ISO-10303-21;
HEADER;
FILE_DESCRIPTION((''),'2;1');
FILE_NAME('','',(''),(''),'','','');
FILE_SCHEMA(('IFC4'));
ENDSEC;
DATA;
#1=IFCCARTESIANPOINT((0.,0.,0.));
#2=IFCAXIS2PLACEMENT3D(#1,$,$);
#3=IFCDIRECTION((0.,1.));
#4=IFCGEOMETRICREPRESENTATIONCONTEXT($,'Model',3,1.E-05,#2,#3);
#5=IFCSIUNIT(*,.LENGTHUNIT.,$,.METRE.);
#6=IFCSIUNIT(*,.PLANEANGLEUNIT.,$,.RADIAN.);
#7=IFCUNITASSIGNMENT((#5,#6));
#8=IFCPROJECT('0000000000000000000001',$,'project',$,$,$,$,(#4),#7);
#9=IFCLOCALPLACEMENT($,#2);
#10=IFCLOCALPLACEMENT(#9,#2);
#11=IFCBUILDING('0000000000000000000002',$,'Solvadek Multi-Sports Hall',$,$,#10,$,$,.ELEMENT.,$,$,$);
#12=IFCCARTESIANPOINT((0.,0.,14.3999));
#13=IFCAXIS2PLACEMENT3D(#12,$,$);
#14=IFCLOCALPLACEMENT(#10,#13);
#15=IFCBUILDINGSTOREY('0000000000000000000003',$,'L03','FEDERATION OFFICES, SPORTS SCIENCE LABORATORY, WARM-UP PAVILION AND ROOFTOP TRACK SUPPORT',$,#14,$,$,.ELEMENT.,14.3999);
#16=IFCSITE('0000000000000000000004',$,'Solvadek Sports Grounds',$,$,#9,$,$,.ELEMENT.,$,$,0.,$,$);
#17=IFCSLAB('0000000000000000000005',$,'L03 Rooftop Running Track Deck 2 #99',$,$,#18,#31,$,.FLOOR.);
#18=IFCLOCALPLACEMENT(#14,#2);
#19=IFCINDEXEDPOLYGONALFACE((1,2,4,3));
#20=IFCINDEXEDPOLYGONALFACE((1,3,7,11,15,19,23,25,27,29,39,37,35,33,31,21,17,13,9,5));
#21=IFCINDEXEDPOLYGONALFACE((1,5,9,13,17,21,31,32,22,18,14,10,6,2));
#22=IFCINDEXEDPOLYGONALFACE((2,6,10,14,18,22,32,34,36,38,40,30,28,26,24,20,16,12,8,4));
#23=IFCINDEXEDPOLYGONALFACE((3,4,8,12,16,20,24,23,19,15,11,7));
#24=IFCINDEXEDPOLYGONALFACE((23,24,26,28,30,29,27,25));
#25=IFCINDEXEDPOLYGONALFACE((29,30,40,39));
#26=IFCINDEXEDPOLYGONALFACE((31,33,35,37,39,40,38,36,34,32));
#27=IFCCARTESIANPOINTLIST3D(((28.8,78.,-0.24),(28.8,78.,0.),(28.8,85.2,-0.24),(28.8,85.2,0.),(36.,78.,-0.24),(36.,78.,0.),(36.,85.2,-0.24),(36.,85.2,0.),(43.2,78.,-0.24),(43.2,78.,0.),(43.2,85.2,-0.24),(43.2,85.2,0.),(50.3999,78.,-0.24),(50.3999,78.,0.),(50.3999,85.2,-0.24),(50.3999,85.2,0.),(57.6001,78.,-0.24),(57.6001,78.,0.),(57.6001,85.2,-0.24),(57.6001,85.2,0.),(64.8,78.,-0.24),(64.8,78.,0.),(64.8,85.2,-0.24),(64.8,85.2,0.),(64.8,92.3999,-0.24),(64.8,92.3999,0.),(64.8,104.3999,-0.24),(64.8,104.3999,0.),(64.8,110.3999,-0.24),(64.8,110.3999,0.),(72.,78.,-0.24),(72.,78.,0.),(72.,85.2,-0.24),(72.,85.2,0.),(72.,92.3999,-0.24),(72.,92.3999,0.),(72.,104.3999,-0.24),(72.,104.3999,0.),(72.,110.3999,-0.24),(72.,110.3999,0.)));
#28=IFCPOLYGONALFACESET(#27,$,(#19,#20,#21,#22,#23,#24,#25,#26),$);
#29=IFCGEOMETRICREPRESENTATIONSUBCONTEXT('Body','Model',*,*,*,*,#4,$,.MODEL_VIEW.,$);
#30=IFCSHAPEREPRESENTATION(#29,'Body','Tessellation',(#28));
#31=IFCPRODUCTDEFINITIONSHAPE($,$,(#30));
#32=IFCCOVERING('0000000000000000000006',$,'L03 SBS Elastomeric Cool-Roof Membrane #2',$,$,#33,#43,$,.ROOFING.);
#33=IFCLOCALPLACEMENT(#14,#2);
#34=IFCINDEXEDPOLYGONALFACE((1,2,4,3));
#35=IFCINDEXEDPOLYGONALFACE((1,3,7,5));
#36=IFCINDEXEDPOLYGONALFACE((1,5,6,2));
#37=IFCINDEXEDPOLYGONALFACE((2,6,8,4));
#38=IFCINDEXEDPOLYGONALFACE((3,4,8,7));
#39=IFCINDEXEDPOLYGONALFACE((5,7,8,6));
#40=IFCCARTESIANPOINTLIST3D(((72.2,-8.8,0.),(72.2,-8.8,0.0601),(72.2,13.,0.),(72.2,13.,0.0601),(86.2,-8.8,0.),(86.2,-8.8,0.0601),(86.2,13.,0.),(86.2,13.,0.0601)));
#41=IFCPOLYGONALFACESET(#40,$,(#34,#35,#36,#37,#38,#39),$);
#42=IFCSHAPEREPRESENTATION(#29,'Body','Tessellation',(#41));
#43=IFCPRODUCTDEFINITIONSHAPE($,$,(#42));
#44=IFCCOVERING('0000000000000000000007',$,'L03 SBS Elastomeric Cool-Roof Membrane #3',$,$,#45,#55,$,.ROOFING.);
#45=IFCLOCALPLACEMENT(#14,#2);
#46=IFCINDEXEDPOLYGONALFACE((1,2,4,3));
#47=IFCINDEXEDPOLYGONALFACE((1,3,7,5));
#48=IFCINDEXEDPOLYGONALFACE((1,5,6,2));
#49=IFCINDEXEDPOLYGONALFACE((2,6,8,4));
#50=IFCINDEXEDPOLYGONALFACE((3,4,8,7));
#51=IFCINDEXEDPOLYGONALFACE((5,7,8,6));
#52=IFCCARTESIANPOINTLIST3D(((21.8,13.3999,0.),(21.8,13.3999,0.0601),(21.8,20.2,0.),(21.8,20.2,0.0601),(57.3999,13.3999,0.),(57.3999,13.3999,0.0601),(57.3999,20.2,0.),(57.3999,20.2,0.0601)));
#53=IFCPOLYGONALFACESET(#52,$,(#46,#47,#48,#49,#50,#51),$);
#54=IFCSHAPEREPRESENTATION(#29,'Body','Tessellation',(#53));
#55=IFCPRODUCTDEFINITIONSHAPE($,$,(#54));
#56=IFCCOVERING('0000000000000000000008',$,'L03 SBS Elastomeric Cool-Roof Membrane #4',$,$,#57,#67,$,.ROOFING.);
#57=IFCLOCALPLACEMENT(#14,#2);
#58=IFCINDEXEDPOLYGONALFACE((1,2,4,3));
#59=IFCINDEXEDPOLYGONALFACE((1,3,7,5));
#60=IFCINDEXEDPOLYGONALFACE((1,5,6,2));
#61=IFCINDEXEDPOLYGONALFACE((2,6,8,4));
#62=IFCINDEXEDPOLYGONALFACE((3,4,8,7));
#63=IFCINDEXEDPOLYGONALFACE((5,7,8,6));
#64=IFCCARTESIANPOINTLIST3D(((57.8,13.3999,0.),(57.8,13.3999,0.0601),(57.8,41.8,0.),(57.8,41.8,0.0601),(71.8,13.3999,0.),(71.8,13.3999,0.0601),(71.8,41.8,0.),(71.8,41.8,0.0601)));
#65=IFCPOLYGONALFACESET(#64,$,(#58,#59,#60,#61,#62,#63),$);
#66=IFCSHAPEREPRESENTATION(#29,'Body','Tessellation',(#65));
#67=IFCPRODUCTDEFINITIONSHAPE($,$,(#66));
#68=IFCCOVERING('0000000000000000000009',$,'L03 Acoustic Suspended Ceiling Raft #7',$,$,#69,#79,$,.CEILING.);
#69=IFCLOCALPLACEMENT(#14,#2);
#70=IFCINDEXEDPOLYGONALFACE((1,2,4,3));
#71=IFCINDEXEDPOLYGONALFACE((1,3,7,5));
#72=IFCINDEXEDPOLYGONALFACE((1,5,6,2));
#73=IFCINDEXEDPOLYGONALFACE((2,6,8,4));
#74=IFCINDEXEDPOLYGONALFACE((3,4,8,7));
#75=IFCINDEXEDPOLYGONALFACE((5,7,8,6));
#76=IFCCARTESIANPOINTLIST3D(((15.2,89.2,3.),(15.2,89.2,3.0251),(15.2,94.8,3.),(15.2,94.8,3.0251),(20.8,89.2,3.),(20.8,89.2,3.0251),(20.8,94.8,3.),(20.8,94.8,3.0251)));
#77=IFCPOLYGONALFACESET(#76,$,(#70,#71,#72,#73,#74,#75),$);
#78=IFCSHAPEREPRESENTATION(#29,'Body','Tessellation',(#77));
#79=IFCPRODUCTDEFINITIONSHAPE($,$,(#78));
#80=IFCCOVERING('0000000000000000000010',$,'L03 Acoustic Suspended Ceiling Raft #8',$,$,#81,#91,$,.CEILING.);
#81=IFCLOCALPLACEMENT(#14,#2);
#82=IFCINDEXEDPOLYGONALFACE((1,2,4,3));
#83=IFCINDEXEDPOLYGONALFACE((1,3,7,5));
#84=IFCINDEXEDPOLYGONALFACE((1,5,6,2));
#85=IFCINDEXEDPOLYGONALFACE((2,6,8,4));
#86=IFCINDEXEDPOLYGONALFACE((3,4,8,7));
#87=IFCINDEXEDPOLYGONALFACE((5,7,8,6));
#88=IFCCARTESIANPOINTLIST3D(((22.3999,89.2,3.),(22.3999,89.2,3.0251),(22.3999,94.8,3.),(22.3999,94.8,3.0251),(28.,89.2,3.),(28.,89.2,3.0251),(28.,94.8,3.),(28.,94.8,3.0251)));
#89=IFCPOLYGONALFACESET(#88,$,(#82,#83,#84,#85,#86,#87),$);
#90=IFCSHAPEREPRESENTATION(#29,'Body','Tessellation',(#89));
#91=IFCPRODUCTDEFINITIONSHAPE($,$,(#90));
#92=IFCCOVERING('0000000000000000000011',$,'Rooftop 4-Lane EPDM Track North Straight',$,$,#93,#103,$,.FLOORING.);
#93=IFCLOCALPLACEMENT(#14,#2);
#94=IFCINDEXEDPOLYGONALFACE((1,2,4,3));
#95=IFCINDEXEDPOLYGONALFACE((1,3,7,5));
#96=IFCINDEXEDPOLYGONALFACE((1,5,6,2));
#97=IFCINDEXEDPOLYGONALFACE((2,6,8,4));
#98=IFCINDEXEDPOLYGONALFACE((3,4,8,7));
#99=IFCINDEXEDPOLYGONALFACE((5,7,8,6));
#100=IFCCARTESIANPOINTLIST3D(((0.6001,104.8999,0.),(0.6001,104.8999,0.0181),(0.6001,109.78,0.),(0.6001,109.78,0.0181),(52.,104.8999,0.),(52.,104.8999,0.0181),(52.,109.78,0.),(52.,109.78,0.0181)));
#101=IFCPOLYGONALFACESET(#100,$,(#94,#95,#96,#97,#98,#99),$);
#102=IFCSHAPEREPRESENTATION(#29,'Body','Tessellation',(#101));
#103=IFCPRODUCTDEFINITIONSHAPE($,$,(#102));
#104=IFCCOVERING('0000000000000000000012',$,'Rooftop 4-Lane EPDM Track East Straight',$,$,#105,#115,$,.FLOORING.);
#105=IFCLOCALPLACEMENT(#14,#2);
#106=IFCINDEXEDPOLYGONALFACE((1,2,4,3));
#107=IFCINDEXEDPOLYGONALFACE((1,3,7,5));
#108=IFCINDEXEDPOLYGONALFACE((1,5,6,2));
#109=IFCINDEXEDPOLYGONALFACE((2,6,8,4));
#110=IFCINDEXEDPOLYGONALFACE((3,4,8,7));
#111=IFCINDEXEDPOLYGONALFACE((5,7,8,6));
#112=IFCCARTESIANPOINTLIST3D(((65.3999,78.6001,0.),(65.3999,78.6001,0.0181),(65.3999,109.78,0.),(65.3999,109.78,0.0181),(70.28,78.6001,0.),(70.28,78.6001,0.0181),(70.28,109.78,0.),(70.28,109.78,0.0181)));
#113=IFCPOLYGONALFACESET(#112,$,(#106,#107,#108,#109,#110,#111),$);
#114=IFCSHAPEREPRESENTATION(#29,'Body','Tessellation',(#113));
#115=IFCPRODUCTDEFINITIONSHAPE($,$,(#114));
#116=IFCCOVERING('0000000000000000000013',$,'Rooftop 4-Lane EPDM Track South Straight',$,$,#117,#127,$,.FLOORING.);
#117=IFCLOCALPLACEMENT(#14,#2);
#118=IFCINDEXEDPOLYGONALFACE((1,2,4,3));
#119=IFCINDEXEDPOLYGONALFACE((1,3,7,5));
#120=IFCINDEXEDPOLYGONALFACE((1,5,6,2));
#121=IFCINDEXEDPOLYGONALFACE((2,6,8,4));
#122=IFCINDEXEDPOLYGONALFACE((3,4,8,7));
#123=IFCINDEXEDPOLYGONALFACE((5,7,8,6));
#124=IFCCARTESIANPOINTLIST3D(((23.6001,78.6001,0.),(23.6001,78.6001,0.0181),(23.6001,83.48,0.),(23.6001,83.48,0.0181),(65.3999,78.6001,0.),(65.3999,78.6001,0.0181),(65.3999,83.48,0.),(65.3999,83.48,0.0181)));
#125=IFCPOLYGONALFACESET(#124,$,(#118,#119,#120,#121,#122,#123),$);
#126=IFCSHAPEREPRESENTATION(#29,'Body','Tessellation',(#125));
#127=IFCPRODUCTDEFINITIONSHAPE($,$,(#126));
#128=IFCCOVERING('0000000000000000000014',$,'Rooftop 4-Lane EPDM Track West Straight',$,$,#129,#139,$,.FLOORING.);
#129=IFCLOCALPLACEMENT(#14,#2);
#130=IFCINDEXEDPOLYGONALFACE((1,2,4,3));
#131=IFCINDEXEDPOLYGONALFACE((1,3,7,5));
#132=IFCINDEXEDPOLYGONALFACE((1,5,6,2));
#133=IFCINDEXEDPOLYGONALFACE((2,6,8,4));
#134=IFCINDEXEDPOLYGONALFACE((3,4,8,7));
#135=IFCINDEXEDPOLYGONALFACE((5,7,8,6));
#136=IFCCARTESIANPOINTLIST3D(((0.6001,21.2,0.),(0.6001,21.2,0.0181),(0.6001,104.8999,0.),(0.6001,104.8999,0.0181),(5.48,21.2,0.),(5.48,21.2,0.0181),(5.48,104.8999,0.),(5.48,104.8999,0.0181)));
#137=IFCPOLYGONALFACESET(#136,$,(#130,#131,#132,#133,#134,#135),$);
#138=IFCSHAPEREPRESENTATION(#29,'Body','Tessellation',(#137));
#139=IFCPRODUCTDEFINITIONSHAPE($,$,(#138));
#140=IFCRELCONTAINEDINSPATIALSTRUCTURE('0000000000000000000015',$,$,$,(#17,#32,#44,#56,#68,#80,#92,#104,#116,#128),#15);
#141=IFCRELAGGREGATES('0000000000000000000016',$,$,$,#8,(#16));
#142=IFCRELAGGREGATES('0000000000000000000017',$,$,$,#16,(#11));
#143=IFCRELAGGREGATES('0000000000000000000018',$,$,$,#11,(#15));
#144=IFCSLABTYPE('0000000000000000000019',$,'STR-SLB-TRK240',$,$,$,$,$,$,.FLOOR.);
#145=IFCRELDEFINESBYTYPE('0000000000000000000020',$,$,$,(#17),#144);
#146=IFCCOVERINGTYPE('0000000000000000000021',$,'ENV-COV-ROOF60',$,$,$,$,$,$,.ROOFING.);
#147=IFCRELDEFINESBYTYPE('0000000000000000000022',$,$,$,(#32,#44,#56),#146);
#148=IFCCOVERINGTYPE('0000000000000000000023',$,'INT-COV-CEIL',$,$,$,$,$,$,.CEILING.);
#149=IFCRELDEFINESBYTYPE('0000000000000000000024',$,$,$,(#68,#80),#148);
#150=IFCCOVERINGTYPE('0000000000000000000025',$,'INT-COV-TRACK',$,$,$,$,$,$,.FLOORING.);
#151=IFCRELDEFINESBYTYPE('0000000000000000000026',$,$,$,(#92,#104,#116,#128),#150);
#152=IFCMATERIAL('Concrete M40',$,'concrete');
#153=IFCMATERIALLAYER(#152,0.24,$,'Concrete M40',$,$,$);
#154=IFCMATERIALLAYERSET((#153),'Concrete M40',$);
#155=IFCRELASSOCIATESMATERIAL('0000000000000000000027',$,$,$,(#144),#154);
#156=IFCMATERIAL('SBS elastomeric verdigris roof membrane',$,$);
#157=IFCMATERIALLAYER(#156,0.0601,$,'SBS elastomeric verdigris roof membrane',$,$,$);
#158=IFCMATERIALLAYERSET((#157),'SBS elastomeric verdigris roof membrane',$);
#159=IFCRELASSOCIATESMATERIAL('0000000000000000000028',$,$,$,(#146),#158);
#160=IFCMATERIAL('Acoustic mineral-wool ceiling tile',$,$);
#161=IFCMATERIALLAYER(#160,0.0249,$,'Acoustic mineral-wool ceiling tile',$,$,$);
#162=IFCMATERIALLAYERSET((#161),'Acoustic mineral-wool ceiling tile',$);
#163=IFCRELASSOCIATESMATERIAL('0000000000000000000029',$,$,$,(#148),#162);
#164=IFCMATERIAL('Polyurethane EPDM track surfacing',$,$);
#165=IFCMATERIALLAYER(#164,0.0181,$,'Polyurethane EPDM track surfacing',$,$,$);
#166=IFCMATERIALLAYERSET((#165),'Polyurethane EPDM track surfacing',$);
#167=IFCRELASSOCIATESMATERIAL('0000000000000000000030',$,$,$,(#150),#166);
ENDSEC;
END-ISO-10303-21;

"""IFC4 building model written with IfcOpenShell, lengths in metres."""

from ifc_helpers import new_model, si_unit, direction, frame, origin, place, context, subcontext, project, spatial, polyline, outline, extrude, material, layer, layer_set, type_object, element, save


model = new_model("IFC4")

# Units and contexts
model_context = context("Model", 3, precision=1e-05, world=origin(), true_north=direction((0.0, 1.0)))
body_context = subcontext(model_context, "Body", "Model", "MODEL_VIEW")
ifc_project = project(units=[si_unit("LENGTHUNIT", "METRE"), si_unit("PLANEANGLEUNIT", "RADIAN")], contexts=[model_context])

# Site, building, storey
site_placement = place(None, origin())
site = spatial("IfcSite", under=ifc_project, at=site_placement, Name="Solvadek Sports Grounds", CompositionType="ELEMENT", RefElevation=0.0)
building_placement = place(site_placement, origin())
building = spatial("IfcBuilding", under=site, at=building_placement, Name="Solvadek Multi-Sports Hall", CompositionType="ELEMENT")
storey_placement = place(building_placement, frame((0.0, 0.0, 14.3999)))
storey = spatial("IfcBuildingStorey", under=building, at=storey_placement, Name="L03", Description="FEDERATION OFFICES, SPORTS SCIENCE LABORATORY, WARM-UP PAVILION AND ROOFTOP TRACK SUPPORT", CompositionType="ELEMENT", Elevation=14.3999)

# Slab
ifc_material_1 = material(Name="Concrete M40", Category="concrete")
ifc_layer_1 = layer(ifc_material_1, 0.24, Name="Concrete M40")
ifc_layer_set_1 = layer_set([ifc_layer_1], Name="Concrete M40")
slab_type_1 = type_object("IfcSlabType", Name="STR-SLB-TRK240", PredefinedType="FLOOR", material=ifc_layer_set_1)
slab_1_placement = place(storey_placement, frame((0.0, 0.0, -0.24)))
element("IfcSlab", 1, at=slab_1_placement, inside=storey, type_object=slab_type_1, Name="L03 Rooftop Running Track Deck 2 #99", PredefinedType="FLOOR", context=body_context, shape_type="SweptSolid", body=[
    extrude(outline(polyline([(72.0, 78.0), (64.8, 78.0), (57.6001, 78.0), (50.3999, 78.0), (43.2, 78.0), (36.0, 78.0), (28.8, 78.0), (28.8, 85.2), (36.0, 85.2), (43.2, 85.2), (50.3999, 85.2), (57.6001, 85.2), (64.8, 85.2), (64.8, 92.3999), (64.8, 104.3999), (64.8, 110.3999), (72.0, 110.3999), (72.0, 104.3999), (72.0, 92.3999), (72.0, 85.2), (72.0, 78.0)])), origin(), (0.0, 0.0, 1.0), 0.24),
])

# Coverings
ifc_material_2 = material(Name="SBS elastomeric verdigris roof membrane")
ifc_layer_2 = layer(ifc_material_2, 0.0601, Name="SBS elastomeric verdigris roof membrane")
ifc_layer_set_2 = layer_set([ifc_layer_2], Name="SBS elastomeric verdigris roof membrane")
covering_type_1 = type_object("IfcCoveringType", Name="ENV-COV-ROOF60", PredefinedType="ROOFING", material=ifc_layer_set_2)
covering_1_placement = place(storey_placement, origin())
element("IfcCovering", 2, at=covering_1_placement, inside=storey, type_object=covering_type_1, Name="L03 SBS Elastomeric Cool-Roof Membrane #2", PredefinedType="ROOFING", context=body_context, shape_type="SweptSolid", body=[
    extrude(outline(polyline([(72.2, -8.8), (86.2, -8.8), (86.2, 13.0), (72.2, 13.0), (72.2, -8.8)])), origin(), (0.0, 0.0, 1.0), 0.0601),
])
covering_2_placement = place(storey_placement, origin())
element("IfcCovering", 3, at=covering_2_placement, inside=storey, type_object=covering_type_1, Name="L03 SBS Elastomeric Cool-Roof Membrane #3", PredefinedType="ROOFING", context=body_context, shape_type="SweptSolid", body=[
    extrude(outline(polyline([(21.8, 13.3999), (57.3999, 13.3999), (57.3999, 20.2), (21.8, 20.2), (21.8, 13.3999)])), origin(), (0.0, 0.0, 1.0), 0.0601),
])
covering_3_placement = place(storey_placement, origin())
element("IfcCovering", 4, at=covering_3_placement, inside=storey, type_object=covering_type_1, Name="L03 SBS Elastomeric Cool-Roof Membrane #4", PredefinedType="ROOFING", context=body_context, shape_type="SweptSolid", body=[
    extrude(outline(polyline([(57.8, 13.3999), (71.8, 13.3999), (71.8, 41.8), (57.8, 41.8), (57.8, 13.3999)])), origin(), (0.0, 0.0, 1.0), 0.0601),
])
ifc_material_3 = material(Name="Acoustic mineral-wool ceiling tile")
ifc_layer_3 = layer(ifc_material_3, 0.0249, Name="Acoustic mineral-wool ceiling tile")
ifc_layer_set_3 = layer_set([ifc_layer_3], Name="Acoustic mineral-wool ceiling tile")
covering_type_2 = type_object("IfcCoveringType", Name="INT-COV-CEIL", PredefinedType="CEILING", material=ifc_layer_set_3)
covering_4_placement = place(storey_placement, frame((0.0, 0.0, 3.0)))
element("IfcCovering", 5, at=covering_4_placement, inside=storey, type_object=covering_type_2, Name="L03 Acoustic Suspended Ceiling Raft #7", PredefinedType="CEILING", context=body_context, shape_type="SweptSolid", body=[
    extrude(outline(polyline([(15.2, 89.2), (20.8, 89.2), (20.8, 94.8), (15.2, 94.8), (15.2, 89.2)])), origin(), (0.0, 0.0, 1.0), 0.0251),
])
covering_5_placement = place(storey_placement, frame((0.0, 0.0, 3.0)))
element("IfcCovering", 6, at=covering_5_placement, inside=storey, type_object=covering_type_2, Name="L03 Acoustic Suspended Ceiling Raft #8", PredefinedType="CEILING", context=body_context, shape_type="SweptSolid", body=[
    extrude(outline(polyline([(22.3999, 89.2), (28.0, 89.2), (28.0, 94.8), (22.3999, 94.8), (22.3999, 89.2)])), origin(), (0.0, 0.0, 1.0), 0.0251),
])
ifc_material_4 = material(Name="Polyurethane EPDM track surfacing")
ifc_layer_4 = layer(ifc_material_4, 0.0181, Name="Polyurethane EPDM track surfacing")
ifc_layer_set_4 = layer_set([ifc_layer_4], Name="Polyurethane EPDM track surfacing")
covering_type_3 = type_object("IfcCoveringType", Name="INT-COV-TRACK", PredefinedType="FLOORING", material=ifc_layer_set_4)
covering_6_placement = place(storey_placement, origin())
element("IfcCovering", 7, at=covering_6_placement, inside=storey, type_object=covering_type_3, Name="Rooftop 4-Lane EPDM Track North Straight", PredefinedType="FLOORING", context=body_context, shape_type="SweptSolid", body=[
    extrude(outline(polyline([(0.6001, 104.8999), (52.0, 104.8999), (52.0, 109.78), (0.6001, 109.78), (0.6001, 104.8999)])), origin(), (0.0, 0.0, 1.0), 0.0181),
])
covering_7_placement = place(storey_placement, origin())
element("IfcCovering", 8, at=covering_7_placement, inside=storey, type_object=covering_type_3, Name="Rooftop 4-Lane EPDM Track East Straight", PredefinedType="FLOORING", context=body_context, shape_type="SweptSolid", body=[
    extrude(outline(polyline([(65.3999, 78.6001), (70.28, 78.6001), (70.28, 109.78), (65.3999, 109.78), (65.3999, 78.6001)])), origin(), (0.0, 0.0, 1.0), 0.0181),
])
covering_8_placement = place(storey_placement, origin())
element("IfcCovering", 9, at=covering_8_placement, inside=storey, type_object=covering_type_3, Name="Rooftop 4-Lane EPDM Track South Straight", PredefinedType="FLOORING", context=body_context, shape_type="SweptSolid", body=[
    extrude(outline(polyline([(23.6001, 78.6001), (65.3999, 78.6001), (65.3999, 83.48), (23.6001, 83.48), (23.6001, 78.6001)])), origin(), (0.0, 0.0, 1.0), 0.0181),
])
covering_9_placement = place(storey_placement, origin())
element("IfcCovering", 10, at=covering_9_placement, inside=storey, type_object=covering_type_3, Name="Rooftop 4-Lane EPDM Track West Straight", PredefinedType="FLOORING", context=body_context, shape_type="SweptSolid", body=[
    extrude(outline(polyline([(0.6001, 21.2), (5.48, 21.2), (5.48, 104.8999), (0.6001, 104.8999), (0.6001, 21.2)])), origin(), (0.0, 0.0, 1.0), 0.0181),
])

save(model, "model.ifc")
